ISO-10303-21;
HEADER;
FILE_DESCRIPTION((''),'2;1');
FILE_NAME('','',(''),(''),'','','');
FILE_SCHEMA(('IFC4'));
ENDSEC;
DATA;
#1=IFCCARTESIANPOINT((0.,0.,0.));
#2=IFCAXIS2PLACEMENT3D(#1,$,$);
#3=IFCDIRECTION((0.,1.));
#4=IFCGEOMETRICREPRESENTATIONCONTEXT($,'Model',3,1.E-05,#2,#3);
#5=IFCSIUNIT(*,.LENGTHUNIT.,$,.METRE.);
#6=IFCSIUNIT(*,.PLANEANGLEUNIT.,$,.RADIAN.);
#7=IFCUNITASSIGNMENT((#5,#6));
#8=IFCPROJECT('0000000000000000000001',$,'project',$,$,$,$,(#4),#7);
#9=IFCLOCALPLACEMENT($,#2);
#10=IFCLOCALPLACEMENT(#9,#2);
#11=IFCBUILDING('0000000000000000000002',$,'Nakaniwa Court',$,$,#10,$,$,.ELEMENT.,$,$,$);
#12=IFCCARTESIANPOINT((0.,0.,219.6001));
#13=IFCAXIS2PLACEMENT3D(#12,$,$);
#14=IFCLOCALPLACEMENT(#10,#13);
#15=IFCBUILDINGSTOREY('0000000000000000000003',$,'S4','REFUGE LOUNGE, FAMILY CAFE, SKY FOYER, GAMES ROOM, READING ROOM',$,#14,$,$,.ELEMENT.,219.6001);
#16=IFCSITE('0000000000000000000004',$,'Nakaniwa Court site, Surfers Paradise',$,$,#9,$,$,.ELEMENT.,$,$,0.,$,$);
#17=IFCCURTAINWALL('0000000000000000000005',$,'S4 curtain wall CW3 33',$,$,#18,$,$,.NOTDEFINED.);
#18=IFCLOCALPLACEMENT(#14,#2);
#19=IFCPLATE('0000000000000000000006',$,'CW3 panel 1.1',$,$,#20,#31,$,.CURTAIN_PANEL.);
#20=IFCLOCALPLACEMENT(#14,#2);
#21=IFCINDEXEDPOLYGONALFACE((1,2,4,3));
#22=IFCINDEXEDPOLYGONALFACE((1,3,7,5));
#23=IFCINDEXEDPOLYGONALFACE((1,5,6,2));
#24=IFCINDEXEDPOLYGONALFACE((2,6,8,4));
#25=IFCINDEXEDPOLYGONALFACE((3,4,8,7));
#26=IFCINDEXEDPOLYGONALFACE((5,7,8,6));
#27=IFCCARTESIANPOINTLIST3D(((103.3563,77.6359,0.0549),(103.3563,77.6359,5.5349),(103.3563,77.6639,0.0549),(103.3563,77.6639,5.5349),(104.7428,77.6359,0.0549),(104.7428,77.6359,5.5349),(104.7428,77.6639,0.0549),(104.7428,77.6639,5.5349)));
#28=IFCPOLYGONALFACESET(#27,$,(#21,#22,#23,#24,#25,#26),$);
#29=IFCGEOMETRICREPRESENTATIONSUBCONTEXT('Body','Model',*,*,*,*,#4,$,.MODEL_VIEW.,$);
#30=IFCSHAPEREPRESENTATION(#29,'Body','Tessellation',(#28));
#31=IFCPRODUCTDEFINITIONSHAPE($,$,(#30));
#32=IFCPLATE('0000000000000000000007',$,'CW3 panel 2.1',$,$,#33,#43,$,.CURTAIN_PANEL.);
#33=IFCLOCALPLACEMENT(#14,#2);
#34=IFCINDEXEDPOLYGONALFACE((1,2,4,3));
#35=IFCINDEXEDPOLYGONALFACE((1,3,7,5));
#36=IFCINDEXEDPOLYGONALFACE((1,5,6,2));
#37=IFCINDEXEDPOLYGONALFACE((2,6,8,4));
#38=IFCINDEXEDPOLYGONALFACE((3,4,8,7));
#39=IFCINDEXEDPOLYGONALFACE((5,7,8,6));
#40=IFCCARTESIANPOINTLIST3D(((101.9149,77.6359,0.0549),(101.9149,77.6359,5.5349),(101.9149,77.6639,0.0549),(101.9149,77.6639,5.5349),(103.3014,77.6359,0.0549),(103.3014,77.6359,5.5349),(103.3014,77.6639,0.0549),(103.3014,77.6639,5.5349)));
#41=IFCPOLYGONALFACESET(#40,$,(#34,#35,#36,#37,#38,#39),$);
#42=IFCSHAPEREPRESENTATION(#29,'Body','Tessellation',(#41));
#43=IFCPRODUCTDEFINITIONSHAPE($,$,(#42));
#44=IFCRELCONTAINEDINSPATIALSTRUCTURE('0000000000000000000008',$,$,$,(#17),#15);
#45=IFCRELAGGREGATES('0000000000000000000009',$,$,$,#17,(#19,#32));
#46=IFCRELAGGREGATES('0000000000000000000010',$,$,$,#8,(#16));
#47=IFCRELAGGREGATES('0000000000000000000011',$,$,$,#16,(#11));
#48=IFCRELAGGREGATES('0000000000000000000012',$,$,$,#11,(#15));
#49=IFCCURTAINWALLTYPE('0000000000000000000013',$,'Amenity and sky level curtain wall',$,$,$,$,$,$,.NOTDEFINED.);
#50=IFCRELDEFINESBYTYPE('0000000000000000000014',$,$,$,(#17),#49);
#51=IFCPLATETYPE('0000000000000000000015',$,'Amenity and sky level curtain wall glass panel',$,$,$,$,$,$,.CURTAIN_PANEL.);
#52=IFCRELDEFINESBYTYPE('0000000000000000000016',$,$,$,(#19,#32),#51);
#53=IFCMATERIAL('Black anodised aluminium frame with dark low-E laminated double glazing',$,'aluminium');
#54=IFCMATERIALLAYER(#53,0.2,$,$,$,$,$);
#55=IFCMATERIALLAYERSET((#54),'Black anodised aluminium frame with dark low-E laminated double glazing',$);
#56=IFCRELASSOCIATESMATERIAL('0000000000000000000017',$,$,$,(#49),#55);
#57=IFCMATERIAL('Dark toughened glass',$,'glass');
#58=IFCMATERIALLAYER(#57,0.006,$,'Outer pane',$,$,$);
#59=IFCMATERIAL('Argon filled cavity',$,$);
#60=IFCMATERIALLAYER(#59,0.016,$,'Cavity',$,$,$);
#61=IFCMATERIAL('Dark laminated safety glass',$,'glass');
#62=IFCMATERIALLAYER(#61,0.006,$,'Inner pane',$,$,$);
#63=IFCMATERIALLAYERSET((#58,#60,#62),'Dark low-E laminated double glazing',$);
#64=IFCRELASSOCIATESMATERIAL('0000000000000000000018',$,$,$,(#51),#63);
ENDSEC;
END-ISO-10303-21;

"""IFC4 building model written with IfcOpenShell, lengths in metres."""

from ifc_helpers import new_model, si_unit, direction, frame, origin, origin_2d, place, context, subcontext, project, spatial, rectangle, extrude, material, layer, layer_set, type_object, element, aggregate, save


model = new_model("IFC4")

# Units and contexts
model_context = context("Model", 3, precision=1e-05, world=origin(), true_north=direction((0.0, 1.0)))
body_context = subcontext(model_context, "Body", "Model", "MODEL_VIEW")
ifc_project = project(units=[si_unit("LENGTHUNIT", "METRE"), si_unit("PLANEANGLEUNIT", "RADIAN")], contexts=[model_context])

# Site, building, storey
site_placement = place(None, origin())
site = spatial("IfcSite", under=ifc_project, at=site_placement, Name="Nakaniwa Court site, Surfers Paradise", CompositionType="ELEMENT", RefElevation=0.0)
building_placement = place(site_placement, origin())
building = spatial("IfcBuilding", under=site, at=building_placement, Name="Nakaniwa Court", CompositionType="ELEMENT")
storey_placement = place(building_placement, frame((0.0, 0.0, 219.6001)))
storey = spatial("IfcBuildingStorey", under=building, at=storey_placement, Name="S4", Description="REFUGE LOUNGE, FAMILY CAFE, SKY FOYER, GAMES ROOM, READING ROOM", CompositionType="ELEMENT", Elevation=219.6001)

# Curtain wall
ifc_material_1 = material(Name="Black anodised aluminium frame with dark low-E laminated double glazing", Category="aluminium")
ifc_layer_1 = layer(ifc_material_1, 0.2)
ifc_layer_set_1 = layer_set([ifc_layer_1], Name="Black anodised aluminium frame with dark low-E laminated double glazing")
curtain_wall_type = type_object("IfcCurtainWallType", Name="Amenity and sky level curtain wall", PredefinedType="NOTDEFINED", material=ifc_layer_set_1)
curtain_wall_placement = place(storey_placement, origin())
curtain_wall = element("IfcCurtainWall", 1, at=curtain_wall_placement, inside=storey, type_object=curtain_wall_type, Name="S4 curtain wall CW3 33", PredefinedType="NOTDEFINED")

# Plates
ifc_material_2 = material(Name="Dark toughened glass", Category="glass")
ifc_layer_2 = layer(ifc_material_2, 0.006, Name="Outer pane")
ifc_material_3 = material(Name="Argon filled cavity")
ifc_layer_3 = layer(ifc_material_3, 0.016, Name="Cavity")
ifc_material_4 = material(Name="Dark laminated safety glass", Category="glass")
ifc_layer_4 = layer(ifc_material_4, 0.006, Name="Inner pane")
ifc_layer_set_2 = layer_set([ifc_layer_2, ifc_layer_3, ifc_layer_4], Name="Dark low-E laminated double glazing")
plate_type = type_object("IfcPlateType", Name="Amenity and sky level curtain wall glass panel", PredefinedType="CURTAIN_PANEL", material=ifc_layer_set_2)
plate_1_placement = place(storey_placement, frame((104.0496, 77.6499, 0.0549), z_axis=(0.0, 0.0, 1.0), x_axis=(-1.0, 0.0, 0.0)))
plate_1 = element("IfcPlate", 2, at=plate_1_placement, type_object=plate_type, Name="CW3 panel 1.1", PredefinedType="CURTAIN_PANEL", context=body_context, shape_type="SweptSolid", body=[
    extrude(rectangle(XDim=1.3865, YDim=0.0281, at=origin_2d()), origin(), (0.0, 0.0, 1.0), 5.48),
])
plate_2_placement = place(storey_placement, frame((102.6082, 77.6499, 0.0549), z_axis=(0.0, 0.0, 1.0), x_axis=(-1.0, 0.0, 0.0)))
plate_2 = element("IfcPlate", 3, at=plate_2_placement, type_object=plate_type, Name="CW3 panel 2.1", PredefinedType="CURTAIN_PANEL", context=body_context, shape_type="SweptSolid", body=[
    extrude(rectangle(XDim=1.3865, YDim=0.0281, at=origin_2d()), origin(), (0.0, 0.0, 1.0), 5.48),
])
aggregate(curtain_wall, [plate_1, plate_2])

save(model, "model.ifc")
